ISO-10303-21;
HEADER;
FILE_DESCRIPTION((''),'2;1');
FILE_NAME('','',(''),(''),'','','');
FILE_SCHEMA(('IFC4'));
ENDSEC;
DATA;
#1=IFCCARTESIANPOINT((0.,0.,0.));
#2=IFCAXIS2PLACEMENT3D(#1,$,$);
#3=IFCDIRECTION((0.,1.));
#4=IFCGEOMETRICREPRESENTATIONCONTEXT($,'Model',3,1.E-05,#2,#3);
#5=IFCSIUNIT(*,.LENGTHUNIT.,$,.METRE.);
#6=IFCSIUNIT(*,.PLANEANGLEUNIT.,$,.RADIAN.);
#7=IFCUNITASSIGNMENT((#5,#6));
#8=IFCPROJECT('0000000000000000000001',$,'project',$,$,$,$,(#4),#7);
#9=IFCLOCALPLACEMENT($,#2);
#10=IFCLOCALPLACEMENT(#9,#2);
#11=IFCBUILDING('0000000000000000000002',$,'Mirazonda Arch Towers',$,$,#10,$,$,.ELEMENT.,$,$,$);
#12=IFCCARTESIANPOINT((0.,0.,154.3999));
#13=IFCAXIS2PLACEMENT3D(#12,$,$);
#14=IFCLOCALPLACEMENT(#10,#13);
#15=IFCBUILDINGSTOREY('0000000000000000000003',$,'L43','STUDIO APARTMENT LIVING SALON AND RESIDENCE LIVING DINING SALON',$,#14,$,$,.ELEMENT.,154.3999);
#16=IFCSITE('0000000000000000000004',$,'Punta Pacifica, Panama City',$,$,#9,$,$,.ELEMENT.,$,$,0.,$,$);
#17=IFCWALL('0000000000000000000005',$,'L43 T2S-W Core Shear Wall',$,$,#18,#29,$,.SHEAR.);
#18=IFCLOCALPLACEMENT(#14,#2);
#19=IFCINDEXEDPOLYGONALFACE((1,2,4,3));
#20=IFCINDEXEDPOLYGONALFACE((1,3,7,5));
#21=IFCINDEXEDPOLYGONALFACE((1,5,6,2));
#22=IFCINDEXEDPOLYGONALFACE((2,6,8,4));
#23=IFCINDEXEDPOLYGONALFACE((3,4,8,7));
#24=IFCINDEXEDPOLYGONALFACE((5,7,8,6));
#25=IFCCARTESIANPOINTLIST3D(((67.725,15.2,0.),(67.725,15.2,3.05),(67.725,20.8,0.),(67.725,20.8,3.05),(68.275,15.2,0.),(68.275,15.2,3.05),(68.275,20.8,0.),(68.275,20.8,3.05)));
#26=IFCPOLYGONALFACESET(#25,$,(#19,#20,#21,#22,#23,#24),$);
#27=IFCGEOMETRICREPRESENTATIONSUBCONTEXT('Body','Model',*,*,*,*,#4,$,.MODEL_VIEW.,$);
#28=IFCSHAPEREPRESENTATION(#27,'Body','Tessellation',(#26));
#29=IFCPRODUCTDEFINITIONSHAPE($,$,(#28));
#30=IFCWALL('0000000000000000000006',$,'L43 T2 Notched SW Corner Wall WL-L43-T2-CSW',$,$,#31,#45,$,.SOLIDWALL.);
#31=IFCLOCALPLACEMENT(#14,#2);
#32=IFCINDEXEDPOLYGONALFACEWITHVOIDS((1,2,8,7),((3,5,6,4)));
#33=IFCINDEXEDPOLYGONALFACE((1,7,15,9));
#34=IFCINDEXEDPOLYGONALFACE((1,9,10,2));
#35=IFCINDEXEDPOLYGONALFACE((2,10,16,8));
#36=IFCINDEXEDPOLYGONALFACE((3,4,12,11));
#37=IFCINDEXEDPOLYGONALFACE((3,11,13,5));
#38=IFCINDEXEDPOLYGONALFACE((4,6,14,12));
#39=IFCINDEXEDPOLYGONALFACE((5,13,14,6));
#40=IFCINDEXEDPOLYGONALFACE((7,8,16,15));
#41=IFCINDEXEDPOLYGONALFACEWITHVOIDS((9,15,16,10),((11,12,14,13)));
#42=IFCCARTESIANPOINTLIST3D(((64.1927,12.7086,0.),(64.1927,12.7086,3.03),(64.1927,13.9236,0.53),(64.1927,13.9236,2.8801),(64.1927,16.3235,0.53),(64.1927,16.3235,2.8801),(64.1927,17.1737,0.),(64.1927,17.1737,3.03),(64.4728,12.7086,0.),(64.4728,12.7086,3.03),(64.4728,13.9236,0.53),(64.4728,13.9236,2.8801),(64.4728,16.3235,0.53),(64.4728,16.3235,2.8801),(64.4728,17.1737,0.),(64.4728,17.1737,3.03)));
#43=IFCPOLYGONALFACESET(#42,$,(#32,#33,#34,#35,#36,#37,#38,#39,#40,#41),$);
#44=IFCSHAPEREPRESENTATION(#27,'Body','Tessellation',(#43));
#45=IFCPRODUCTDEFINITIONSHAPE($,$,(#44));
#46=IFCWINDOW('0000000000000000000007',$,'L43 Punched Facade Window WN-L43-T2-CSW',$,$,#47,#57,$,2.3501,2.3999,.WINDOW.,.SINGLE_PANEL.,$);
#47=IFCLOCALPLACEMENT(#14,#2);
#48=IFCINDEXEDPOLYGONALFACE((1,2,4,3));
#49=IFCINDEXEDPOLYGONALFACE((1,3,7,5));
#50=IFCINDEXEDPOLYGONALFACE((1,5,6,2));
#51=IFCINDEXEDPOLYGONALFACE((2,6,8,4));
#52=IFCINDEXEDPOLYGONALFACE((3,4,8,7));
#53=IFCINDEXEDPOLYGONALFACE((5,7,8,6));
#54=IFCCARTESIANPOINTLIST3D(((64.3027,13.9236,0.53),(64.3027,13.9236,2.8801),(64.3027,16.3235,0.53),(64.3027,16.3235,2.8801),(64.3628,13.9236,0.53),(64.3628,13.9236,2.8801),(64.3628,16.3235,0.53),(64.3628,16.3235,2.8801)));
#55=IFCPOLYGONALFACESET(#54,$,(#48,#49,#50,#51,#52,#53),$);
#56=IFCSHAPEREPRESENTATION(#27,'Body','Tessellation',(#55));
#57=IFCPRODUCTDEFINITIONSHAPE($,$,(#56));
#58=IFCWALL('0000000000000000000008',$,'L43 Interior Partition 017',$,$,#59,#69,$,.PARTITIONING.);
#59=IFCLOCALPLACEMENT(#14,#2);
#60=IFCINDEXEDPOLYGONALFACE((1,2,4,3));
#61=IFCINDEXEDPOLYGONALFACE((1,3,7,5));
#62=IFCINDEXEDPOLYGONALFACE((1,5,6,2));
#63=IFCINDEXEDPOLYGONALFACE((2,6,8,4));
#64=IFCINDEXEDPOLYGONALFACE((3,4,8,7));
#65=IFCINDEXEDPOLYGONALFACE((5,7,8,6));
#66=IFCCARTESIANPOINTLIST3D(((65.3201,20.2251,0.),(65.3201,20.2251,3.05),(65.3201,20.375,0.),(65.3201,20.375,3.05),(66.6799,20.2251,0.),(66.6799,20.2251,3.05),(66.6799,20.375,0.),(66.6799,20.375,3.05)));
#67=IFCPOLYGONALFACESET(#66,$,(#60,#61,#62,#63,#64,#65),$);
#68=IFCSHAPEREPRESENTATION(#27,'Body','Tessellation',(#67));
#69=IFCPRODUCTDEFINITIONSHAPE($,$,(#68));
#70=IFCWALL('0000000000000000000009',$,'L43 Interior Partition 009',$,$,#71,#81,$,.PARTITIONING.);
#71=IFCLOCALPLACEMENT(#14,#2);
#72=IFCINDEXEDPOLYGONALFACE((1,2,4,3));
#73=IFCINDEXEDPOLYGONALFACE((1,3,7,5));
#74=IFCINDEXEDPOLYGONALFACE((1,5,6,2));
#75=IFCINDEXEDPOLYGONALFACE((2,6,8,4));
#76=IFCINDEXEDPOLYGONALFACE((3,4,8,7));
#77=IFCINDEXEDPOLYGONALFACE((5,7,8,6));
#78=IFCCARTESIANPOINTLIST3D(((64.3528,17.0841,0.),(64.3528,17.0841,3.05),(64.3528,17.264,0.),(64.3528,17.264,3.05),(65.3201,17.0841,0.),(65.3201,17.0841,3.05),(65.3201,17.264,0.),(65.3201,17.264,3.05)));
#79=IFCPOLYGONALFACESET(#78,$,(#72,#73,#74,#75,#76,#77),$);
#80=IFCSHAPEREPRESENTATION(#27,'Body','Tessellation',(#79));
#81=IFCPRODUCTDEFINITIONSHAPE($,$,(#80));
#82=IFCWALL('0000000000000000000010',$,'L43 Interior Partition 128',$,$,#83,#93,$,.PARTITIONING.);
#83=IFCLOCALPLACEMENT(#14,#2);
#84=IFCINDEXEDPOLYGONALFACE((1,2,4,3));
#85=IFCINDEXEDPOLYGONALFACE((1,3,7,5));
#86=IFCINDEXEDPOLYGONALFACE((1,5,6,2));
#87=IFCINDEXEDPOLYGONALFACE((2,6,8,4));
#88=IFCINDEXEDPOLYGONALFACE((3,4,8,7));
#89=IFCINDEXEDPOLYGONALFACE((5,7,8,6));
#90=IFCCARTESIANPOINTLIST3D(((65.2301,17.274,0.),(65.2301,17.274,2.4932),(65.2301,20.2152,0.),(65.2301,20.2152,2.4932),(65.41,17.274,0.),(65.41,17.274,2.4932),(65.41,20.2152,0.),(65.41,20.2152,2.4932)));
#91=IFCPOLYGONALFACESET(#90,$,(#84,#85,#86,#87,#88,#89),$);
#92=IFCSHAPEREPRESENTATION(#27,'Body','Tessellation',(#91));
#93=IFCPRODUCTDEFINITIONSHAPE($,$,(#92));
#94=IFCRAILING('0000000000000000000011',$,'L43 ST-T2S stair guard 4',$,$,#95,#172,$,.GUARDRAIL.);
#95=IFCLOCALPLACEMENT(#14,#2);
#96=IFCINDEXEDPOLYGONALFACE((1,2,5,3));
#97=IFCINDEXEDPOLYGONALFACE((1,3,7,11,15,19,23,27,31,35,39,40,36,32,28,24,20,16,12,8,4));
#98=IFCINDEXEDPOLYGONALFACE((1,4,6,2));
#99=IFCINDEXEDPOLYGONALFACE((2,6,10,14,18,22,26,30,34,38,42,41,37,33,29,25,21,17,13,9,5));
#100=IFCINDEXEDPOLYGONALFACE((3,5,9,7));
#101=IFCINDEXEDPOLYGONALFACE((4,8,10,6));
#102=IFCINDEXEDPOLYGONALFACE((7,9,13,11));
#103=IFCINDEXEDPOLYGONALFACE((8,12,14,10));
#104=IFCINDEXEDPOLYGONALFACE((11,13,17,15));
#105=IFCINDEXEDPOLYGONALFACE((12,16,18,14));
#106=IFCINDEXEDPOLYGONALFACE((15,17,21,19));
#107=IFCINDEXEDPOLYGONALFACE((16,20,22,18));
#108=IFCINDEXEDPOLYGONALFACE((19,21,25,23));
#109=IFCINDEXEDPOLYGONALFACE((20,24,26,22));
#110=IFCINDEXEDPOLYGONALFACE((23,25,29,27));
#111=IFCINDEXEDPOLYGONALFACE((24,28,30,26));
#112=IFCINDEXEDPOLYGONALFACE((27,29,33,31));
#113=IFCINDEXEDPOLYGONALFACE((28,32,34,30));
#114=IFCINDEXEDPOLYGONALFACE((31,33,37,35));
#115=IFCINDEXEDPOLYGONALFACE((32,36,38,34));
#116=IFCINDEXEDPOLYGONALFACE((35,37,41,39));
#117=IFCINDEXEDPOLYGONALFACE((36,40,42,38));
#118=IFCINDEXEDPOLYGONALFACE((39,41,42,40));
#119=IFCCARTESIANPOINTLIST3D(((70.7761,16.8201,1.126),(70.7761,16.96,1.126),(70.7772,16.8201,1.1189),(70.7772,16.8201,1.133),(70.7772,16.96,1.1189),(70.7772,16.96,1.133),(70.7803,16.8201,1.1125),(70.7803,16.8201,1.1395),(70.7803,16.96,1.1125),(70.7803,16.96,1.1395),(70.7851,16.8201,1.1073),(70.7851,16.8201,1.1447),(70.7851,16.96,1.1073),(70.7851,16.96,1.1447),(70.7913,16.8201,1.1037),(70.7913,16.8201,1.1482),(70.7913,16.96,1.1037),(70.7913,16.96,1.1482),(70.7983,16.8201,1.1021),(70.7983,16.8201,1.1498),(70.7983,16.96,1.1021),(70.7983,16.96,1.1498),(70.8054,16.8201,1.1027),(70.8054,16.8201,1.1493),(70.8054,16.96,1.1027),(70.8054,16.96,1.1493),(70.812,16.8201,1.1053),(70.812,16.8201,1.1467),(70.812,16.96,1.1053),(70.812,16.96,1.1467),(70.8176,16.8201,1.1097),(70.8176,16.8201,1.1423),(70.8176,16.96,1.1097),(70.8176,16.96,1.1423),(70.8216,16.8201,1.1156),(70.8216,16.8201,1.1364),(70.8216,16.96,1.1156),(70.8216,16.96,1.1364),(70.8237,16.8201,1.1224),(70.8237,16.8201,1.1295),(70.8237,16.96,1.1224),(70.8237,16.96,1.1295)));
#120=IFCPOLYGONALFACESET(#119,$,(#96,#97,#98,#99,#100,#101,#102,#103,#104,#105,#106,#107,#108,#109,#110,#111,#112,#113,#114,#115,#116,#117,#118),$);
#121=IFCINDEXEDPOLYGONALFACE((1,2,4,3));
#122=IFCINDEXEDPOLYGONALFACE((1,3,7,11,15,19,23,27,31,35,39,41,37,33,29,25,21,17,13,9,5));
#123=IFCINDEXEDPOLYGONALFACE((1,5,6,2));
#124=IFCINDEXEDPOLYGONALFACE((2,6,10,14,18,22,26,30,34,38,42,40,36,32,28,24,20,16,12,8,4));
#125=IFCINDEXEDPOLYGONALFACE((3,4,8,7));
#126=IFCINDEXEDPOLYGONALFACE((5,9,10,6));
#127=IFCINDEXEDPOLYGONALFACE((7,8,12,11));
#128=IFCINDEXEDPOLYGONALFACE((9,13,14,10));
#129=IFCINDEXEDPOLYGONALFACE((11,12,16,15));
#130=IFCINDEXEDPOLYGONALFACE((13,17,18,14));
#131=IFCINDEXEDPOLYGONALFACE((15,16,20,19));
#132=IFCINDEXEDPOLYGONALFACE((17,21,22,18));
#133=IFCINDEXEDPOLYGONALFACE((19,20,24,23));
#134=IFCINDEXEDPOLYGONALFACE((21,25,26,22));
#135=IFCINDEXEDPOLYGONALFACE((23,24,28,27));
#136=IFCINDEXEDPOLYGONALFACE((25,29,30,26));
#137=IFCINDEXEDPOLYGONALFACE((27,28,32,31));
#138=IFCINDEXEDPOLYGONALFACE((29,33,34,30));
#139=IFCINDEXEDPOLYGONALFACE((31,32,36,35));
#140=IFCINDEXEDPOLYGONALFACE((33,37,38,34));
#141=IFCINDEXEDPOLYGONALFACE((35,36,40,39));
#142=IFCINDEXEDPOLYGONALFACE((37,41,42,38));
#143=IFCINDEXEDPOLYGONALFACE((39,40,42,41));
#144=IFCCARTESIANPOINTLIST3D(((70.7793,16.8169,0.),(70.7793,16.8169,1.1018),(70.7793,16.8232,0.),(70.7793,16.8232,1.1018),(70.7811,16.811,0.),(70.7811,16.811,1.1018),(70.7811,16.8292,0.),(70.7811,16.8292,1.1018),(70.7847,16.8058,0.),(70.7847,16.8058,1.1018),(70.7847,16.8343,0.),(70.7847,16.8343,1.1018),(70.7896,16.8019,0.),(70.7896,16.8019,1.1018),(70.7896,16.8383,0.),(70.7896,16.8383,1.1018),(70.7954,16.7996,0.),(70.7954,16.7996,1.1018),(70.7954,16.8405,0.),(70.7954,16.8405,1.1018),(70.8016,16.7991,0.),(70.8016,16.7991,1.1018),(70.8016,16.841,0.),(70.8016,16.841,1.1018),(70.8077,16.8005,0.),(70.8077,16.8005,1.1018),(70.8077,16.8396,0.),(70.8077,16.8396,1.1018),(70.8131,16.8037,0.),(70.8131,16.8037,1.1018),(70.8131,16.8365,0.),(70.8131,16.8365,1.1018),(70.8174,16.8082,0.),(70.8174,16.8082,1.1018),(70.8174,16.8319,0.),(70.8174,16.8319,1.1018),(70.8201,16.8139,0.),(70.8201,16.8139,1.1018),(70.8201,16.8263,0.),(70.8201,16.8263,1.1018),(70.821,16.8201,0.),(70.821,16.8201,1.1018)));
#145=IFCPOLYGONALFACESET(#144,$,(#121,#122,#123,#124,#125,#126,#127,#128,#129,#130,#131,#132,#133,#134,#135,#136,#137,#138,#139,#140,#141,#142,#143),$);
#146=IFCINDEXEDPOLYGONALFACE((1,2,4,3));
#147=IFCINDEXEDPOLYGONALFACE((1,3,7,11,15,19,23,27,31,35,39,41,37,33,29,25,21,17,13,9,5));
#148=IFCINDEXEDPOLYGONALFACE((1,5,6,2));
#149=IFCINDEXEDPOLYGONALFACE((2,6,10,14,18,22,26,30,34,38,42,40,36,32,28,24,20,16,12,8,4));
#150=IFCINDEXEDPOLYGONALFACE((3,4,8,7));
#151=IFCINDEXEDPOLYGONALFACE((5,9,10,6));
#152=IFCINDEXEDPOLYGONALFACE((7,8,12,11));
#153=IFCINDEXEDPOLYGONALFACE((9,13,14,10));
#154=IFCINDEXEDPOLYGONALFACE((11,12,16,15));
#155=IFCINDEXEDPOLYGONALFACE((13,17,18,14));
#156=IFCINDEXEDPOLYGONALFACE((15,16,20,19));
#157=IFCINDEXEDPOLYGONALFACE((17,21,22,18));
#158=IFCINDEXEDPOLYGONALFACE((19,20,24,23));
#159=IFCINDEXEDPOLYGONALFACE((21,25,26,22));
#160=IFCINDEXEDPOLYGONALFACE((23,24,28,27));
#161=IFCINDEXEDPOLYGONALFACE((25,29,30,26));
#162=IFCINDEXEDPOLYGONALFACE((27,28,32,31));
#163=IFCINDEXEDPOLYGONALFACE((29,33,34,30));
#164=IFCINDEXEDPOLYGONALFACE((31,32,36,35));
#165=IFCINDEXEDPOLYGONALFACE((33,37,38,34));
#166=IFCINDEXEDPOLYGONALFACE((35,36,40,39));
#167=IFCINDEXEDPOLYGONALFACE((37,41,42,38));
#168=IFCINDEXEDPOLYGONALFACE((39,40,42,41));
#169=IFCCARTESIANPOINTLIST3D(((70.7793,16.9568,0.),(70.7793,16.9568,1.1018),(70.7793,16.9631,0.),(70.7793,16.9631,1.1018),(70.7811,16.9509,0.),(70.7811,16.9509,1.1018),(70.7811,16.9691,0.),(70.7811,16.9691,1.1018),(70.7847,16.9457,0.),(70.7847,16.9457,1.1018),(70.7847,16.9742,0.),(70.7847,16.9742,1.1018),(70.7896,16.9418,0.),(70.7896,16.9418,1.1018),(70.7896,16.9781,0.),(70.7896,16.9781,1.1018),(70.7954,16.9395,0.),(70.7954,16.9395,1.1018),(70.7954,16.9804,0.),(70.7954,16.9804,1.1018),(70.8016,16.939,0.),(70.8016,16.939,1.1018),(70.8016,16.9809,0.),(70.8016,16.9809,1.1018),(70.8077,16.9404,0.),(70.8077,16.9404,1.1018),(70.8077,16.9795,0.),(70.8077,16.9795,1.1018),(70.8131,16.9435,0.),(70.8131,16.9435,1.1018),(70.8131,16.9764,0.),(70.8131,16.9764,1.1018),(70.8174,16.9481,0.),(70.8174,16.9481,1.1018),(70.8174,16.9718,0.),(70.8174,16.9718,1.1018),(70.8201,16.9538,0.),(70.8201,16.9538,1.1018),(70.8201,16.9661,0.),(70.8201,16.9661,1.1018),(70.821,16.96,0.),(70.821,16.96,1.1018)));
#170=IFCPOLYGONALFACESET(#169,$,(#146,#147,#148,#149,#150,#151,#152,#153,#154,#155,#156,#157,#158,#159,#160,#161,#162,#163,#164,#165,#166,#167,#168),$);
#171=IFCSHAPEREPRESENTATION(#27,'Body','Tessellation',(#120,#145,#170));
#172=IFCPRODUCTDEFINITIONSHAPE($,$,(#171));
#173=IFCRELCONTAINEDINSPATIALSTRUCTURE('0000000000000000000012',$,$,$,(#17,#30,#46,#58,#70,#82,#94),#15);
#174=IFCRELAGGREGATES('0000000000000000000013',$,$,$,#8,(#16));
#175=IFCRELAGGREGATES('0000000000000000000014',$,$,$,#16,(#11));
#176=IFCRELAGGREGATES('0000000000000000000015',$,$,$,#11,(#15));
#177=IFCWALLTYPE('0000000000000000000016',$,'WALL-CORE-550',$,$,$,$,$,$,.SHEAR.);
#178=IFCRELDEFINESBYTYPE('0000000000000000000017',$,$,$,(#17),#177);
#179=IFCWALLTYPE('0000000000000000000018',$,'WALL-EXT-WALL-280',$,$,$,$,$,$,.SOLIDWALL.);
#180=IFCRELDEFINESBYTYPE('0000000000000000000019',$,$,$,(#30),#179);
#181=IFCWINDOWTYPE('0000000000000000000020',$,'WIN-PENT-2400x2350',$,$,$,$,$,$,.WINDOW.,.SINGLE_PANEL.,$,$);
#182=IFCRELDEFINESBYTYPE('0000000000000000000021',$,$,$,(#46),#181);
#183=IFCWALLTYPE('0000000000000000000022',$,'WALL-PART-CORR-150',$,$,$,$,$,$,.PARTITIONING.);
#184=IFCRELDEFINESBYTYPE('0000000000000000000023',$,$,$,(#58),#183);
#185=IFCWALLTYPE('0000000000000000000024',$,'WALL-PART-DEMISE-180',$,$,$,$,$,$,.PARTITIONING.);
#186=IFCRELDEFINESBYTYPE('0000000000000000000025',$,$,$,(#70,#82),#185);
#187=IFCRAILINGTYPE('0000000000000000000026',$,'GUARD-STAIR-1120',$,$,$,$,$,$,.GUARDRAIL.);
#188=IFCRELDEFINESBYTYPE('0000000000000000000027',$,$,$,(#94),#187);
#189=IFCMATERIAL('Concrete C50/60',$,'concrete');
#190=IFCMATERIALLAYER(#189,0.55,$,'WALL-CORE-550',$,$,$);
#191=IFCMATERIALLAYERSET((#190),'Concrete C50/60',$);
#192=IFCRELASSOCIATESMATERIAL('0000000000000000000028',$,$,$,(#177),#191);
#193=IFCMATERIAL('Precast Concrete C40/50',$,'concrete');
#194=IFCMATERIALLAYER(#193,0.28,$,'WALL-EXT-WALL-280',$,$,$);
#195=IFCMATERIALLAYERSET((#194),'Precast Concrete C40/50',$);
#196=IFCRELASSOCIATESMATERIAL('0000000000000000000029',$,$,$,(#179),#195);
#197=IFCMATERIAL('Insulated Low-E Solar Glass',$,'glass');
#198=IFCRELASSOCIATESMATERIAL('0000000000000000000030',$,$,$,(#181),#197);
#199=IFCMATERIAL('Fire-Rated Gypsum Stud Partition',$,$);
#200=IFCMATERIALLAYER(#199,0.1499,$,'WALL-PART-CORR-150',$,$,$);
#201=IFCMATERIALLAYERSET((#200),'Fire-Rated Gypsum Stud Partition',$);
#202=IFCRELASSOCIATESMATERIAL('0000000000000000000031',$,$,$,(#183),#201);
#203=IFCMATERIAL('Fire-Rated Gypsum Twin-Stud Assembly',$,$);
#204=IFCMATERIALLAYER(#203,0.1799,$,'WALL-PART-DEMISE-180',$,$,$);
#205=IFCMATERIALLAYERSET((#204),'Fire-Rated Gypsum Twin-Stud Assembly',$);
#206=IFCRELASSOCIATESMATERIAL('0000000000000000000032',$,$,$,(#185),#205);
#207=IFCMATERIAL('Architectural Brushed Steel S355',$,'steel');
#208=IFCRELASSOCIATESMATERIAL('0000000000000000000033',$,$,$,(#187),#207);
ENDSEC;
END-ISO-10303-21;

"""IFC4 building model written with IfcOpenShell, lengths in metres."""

from ifc_helpers import new_model, si_unit, direction, frame, frame_2d, origin, origin_2d, place, context, subcontext, project, spatial, rectangle, circle, extrude, material, layer, layer_set, type_object, element, fill, save


model = new_model("IFC4")

# Units and contexts
model_context = context("Model", 3, precision=1e-05, world=origin(), true_north=direction((0.0, 1.0)))
body_context = subcontext(model_context, "Body", "Model", "MODEL_VIEW")
ifc_project = project(units=[si_unit("LENGTHUNIT", "METRE"), si_unit("PLANEANGLEUNIT", "RADIAN")], contexts=[model_context])

# Site, building, storey
site_placement = place(None, origin())
site = spatial("IfcSite", under=ifc_project, at=site_placement, Name="Punta Pacifica, Panama City", CompositionType="ELEMENT", RefElevation=0.0)
building_placement = place(site_placement, origin())
building = spatial("IfcBuilding", under=site, at=building_placement, Name="Mirazonda Arch Towers", CompositionType="ELEMENT")
storey_placement = place(building_placement, frame((0.0, 0.0, 154.3999)))
storey = spatial("IfcBuildingStorey", under=building, at=storey_placement, Name="L43", Description="STUDIO APARTMENT LIVING SALON AND RESIDENCE LIVING DINING SALON", CompositionType="ELEMENT", Elevation=154.3999)

# Shared definitions
ifc_material_1 = material(Name="Concrete C50/60", Category="concrete")

# Shared definitions
ifc_material_2 = material(Name="Insulated Low-E Solar Glass", Category="glass")

# Shared definitions
ifc_material_3 = material(Name="Architectural Brushed Steel S355", Category="steel")

# Wall
ifc_layer_1 = layer(ifc_material_1, 0.55, Name="WALL-CORE-550")
ifc_layer_set_1 = layer_set([ifc_layer_1], Name="Concrete C50/60")
wall_type_1 = type_object("IfcWallType", Name="WALL-CORE-550", PredefinedType="SHEAR", material=ifc_layer_set_1)
wall_1_placement = place(storey_placement, frame((68.0, 15.2, 0.0), z_axis=(0.0, 0.0, 1.0), x_axis=(0.0, 1.0, 0.0)))
element("IfcWall", 1, at=wall_1_placement, inside=storey, type_object=wall_type_1, Name="L43 T2S-W Core Shear Wall", PredefinedType="SHEAR", context=body_context, shape_type="SweptSolid", body=[
    extrude(rectangle(XDim=5.6001, YDim=0.55, at=frame_2d((2.8, 0.0))), origin(), (0.0, 0.0, 1.0), 3.05),
])

# Wall, opening, window
ifc_material_4 = material(Name="Precast Concrete C40/50", Category="concrete")
ifc_layer_2 = layer(ifc_material_4, 0.28, Name="WALL-EXT-WALL-280")
ifc_layer_set_2 = layer_set([ifc_layer_2], Name="Precast Concrete C40/50")
wall_type_2 = type_object("IfcWallType", Name="WALL-EXT-WALL-280", PredefinedType="SOLIDWALL", material=ifc_layer_set_2)
wall_2_placement = place(storey_placement, frame((64.3328, 17.1736, 0.0), z_axis=(0.0, 0.0, 1.0), x_axis=(0.0, -1.0, 0.0)))
wall_2 = element("IfcWall", 2, at=wall_2_placement, inside=storey, type_object=wall_type_2, Name="L43 T2 Notched SW Corner Wall WL-L43-T2-CSW", PredefinedType="SOLIDWALL", context=body_context, shape_type="SweptSolid", body=[
    extrude(rectangle(XDim=4.4651, YDim=0.28, at=frame_2d((2.2324, 0.0))), origin(), (0.0, 0.0, 1.0), 3.03),
])
opening_1_placement = place(wall_2_placement, frame((0.8501, 0.0, 0.53)))
opening_1 = element("IfcOpeningElement", 3, at=opening_1_placement, cuts=wall_2, PredefinedType="OPENING", context=body_context, shape_type="SweptSolid", body=[
    extrude(rectangle(XDim=2.3999, YDim=2.3501, at=frame_2d((1.2, 1.175))), frame((0.0, 0.1499, 0.0), z_axis=(0.0, -1.0, 0.0), x_axis=(1.0, 0.0, 0.0)), (0.0, 0.0, 1.0), 0.3),
])
window_type = type_object("IfcWindowType", Name="WIN-PENT-2400x2350", PartitioningType="SINGLE_PANEL", PredefinedType="WINDOW", material=ifc_material_2)
window_placement = place(opening_1_placement, origin())
window = element("IfcWindow", 4, at=window_placement, inside=storey, type_object=window_type, Name="L43 Punched Facade Window WN-L43-T2-CSW", OverallHeight=2.3501, OverallWidth=2.3999, PartitioningType="SINGLE_PANEL", PredefinedType="WINDOW", context=body_context, shape_type="SweptSolid", body=[
    extrude(rectangle(XDim=2.3999, YDim=2.3501, at=frame_2d((1.2, 1.175))), frame((0.0, 0.03, 0.0), z_axis=(0.0, -1.0, 0.0), x_axis=(1.0, 0.0, 0.0)), (0.0, 0.0, 1.0), 0.0601),
])
fill(opening_1, window)

# Walls
ifc_material_5 = material(Name="Fire-Rated Gypsum Stud Partition")
ifc_layer_3 = layer(ifc_material_5, 0.1499, Name="WALL-PART-CORR-150")
ifc_layer_set_3 = layer_set([ifc_layer_3], Name="Fire-Rated Gypsum Stud Partition")
wall_type_3 = type_object("IfcWallType", Name="WALL-PART-CORR-150", PredefinedType="PARTITIONING", material=ifc_layer_set_3)
wall_3_placement = place(storey_placement, frame((65.3201, 20.3, 0.0), z_axis=(0.0, 0.0, 1.0), x_axis=(1.0, 0.0, 0.0)))
element("IfcWall", 5, at=wall_3_placement, inside=storey, type_object=wall_type_3, Name="L43 Interior Partition 017", PredefinedType="PARTITIONING", context=body_context, shape_type="SweptSolid", body=[
    extrude(rectangle(XDim=1.3599, YDim=0.1499, at=frame_2d((0.6799, 0.0))), origin(), (0.0, 0.0, 1.0), 3.05),
])
ifc_material_6 = material(Name="Fire-Rated Gypsum Twin-Stud Assembly")
ifc_layer_4 = layer(ifc_material_6, 0.1799, Name="WALL-PART-DEMISE-180")
ifc_layer_set_4 = layer_set([ifc_layer_4], Name="Fire-Rated Gypsum Twin-Stud Assembly")
wall_type_4 = type_object("IfcWallType", Name="WALL-PART-DEMISE-180", PredefinedType="PARTITIONING", material=ifc_layer_set_4)
wall_4_placement = place(storey_placement, frame((64.3528, 17.1741, 0.0), z_axis=(0.0, 0.0, 1.0), x_axis=(1.0, 0.0, 0.0)))
element("IfcWall", 6, at=wall_4_placement, inside=storey, type_object=wall_type_4, Name="L43 Interior Partition 009", PredefinedType="PARTITIONING", context=body_context, shape_type="SweptSolid", body=[
    extrude(rectangle(XDim=0.9673, YDim=0.1799, at=frame_2d((0.4836, 0.0))), origin(), (0.0, 0.0, 1.0), 3.05),
])
wall_5_placement = place(storey_placement, frame((65.3201, 17.2739, 0.0), z_axis=(0.0, 0.0, 1.0), x_axis=(0.0, 1.0, 0.0)))
element("IfcWall", 7, at=wall_5_placement, inside=storey, type_object=wall_type_4, Name="L43 Interior Partition 128", PredefinedType="PARTITIONING", context=body_context, shape_type="SweptSolid", body=[
    extrude(rectangle(XDim=2.9412, YDim=0.1799, at=frame_2d((1.4707, 0.0))), origin(), (0.0, 0.0, 1.0), 2.4932),
])

# Railing
railing_type = type_object("IfcRailingType", Name="GUARD-STAIR-1120", PredefinedType="GUARDRAIL", material=ifc_material_3)
railing_placement = place(storey_placement, frame((70.8, 16.8201, 0.0)))
element("IfcRailing", 8, at=railing_placement, inside=storey, type_object=railing_type, Name="L43 ST-T2S stair guard 4", PredefinedType="GUARDRAIL", context=body_context, shape_type="SweptSolid", body=[
    extrude(circle(Radius=0.0239, at=origin_2d()), frame((0.0, 0.0, 1.126), z_axis=(0.0, 1.0, 0.0), x_axis=(-1.0, 0.0, 0.0)), (0.0, 0.0, 1.0), 0.1399),
    extrude(circle(Radius=0.021, at=origin_2d()), origin(), (0.0, 0.0, 1.0), 1.1018),
    extrude(circle(Radius=0.021, at=origin_2d()), frame((0.0, 0.1399, 0.0)), (0.0, 0.0, 1.0), 1.1018),
])

save(model, "model.ifc")
